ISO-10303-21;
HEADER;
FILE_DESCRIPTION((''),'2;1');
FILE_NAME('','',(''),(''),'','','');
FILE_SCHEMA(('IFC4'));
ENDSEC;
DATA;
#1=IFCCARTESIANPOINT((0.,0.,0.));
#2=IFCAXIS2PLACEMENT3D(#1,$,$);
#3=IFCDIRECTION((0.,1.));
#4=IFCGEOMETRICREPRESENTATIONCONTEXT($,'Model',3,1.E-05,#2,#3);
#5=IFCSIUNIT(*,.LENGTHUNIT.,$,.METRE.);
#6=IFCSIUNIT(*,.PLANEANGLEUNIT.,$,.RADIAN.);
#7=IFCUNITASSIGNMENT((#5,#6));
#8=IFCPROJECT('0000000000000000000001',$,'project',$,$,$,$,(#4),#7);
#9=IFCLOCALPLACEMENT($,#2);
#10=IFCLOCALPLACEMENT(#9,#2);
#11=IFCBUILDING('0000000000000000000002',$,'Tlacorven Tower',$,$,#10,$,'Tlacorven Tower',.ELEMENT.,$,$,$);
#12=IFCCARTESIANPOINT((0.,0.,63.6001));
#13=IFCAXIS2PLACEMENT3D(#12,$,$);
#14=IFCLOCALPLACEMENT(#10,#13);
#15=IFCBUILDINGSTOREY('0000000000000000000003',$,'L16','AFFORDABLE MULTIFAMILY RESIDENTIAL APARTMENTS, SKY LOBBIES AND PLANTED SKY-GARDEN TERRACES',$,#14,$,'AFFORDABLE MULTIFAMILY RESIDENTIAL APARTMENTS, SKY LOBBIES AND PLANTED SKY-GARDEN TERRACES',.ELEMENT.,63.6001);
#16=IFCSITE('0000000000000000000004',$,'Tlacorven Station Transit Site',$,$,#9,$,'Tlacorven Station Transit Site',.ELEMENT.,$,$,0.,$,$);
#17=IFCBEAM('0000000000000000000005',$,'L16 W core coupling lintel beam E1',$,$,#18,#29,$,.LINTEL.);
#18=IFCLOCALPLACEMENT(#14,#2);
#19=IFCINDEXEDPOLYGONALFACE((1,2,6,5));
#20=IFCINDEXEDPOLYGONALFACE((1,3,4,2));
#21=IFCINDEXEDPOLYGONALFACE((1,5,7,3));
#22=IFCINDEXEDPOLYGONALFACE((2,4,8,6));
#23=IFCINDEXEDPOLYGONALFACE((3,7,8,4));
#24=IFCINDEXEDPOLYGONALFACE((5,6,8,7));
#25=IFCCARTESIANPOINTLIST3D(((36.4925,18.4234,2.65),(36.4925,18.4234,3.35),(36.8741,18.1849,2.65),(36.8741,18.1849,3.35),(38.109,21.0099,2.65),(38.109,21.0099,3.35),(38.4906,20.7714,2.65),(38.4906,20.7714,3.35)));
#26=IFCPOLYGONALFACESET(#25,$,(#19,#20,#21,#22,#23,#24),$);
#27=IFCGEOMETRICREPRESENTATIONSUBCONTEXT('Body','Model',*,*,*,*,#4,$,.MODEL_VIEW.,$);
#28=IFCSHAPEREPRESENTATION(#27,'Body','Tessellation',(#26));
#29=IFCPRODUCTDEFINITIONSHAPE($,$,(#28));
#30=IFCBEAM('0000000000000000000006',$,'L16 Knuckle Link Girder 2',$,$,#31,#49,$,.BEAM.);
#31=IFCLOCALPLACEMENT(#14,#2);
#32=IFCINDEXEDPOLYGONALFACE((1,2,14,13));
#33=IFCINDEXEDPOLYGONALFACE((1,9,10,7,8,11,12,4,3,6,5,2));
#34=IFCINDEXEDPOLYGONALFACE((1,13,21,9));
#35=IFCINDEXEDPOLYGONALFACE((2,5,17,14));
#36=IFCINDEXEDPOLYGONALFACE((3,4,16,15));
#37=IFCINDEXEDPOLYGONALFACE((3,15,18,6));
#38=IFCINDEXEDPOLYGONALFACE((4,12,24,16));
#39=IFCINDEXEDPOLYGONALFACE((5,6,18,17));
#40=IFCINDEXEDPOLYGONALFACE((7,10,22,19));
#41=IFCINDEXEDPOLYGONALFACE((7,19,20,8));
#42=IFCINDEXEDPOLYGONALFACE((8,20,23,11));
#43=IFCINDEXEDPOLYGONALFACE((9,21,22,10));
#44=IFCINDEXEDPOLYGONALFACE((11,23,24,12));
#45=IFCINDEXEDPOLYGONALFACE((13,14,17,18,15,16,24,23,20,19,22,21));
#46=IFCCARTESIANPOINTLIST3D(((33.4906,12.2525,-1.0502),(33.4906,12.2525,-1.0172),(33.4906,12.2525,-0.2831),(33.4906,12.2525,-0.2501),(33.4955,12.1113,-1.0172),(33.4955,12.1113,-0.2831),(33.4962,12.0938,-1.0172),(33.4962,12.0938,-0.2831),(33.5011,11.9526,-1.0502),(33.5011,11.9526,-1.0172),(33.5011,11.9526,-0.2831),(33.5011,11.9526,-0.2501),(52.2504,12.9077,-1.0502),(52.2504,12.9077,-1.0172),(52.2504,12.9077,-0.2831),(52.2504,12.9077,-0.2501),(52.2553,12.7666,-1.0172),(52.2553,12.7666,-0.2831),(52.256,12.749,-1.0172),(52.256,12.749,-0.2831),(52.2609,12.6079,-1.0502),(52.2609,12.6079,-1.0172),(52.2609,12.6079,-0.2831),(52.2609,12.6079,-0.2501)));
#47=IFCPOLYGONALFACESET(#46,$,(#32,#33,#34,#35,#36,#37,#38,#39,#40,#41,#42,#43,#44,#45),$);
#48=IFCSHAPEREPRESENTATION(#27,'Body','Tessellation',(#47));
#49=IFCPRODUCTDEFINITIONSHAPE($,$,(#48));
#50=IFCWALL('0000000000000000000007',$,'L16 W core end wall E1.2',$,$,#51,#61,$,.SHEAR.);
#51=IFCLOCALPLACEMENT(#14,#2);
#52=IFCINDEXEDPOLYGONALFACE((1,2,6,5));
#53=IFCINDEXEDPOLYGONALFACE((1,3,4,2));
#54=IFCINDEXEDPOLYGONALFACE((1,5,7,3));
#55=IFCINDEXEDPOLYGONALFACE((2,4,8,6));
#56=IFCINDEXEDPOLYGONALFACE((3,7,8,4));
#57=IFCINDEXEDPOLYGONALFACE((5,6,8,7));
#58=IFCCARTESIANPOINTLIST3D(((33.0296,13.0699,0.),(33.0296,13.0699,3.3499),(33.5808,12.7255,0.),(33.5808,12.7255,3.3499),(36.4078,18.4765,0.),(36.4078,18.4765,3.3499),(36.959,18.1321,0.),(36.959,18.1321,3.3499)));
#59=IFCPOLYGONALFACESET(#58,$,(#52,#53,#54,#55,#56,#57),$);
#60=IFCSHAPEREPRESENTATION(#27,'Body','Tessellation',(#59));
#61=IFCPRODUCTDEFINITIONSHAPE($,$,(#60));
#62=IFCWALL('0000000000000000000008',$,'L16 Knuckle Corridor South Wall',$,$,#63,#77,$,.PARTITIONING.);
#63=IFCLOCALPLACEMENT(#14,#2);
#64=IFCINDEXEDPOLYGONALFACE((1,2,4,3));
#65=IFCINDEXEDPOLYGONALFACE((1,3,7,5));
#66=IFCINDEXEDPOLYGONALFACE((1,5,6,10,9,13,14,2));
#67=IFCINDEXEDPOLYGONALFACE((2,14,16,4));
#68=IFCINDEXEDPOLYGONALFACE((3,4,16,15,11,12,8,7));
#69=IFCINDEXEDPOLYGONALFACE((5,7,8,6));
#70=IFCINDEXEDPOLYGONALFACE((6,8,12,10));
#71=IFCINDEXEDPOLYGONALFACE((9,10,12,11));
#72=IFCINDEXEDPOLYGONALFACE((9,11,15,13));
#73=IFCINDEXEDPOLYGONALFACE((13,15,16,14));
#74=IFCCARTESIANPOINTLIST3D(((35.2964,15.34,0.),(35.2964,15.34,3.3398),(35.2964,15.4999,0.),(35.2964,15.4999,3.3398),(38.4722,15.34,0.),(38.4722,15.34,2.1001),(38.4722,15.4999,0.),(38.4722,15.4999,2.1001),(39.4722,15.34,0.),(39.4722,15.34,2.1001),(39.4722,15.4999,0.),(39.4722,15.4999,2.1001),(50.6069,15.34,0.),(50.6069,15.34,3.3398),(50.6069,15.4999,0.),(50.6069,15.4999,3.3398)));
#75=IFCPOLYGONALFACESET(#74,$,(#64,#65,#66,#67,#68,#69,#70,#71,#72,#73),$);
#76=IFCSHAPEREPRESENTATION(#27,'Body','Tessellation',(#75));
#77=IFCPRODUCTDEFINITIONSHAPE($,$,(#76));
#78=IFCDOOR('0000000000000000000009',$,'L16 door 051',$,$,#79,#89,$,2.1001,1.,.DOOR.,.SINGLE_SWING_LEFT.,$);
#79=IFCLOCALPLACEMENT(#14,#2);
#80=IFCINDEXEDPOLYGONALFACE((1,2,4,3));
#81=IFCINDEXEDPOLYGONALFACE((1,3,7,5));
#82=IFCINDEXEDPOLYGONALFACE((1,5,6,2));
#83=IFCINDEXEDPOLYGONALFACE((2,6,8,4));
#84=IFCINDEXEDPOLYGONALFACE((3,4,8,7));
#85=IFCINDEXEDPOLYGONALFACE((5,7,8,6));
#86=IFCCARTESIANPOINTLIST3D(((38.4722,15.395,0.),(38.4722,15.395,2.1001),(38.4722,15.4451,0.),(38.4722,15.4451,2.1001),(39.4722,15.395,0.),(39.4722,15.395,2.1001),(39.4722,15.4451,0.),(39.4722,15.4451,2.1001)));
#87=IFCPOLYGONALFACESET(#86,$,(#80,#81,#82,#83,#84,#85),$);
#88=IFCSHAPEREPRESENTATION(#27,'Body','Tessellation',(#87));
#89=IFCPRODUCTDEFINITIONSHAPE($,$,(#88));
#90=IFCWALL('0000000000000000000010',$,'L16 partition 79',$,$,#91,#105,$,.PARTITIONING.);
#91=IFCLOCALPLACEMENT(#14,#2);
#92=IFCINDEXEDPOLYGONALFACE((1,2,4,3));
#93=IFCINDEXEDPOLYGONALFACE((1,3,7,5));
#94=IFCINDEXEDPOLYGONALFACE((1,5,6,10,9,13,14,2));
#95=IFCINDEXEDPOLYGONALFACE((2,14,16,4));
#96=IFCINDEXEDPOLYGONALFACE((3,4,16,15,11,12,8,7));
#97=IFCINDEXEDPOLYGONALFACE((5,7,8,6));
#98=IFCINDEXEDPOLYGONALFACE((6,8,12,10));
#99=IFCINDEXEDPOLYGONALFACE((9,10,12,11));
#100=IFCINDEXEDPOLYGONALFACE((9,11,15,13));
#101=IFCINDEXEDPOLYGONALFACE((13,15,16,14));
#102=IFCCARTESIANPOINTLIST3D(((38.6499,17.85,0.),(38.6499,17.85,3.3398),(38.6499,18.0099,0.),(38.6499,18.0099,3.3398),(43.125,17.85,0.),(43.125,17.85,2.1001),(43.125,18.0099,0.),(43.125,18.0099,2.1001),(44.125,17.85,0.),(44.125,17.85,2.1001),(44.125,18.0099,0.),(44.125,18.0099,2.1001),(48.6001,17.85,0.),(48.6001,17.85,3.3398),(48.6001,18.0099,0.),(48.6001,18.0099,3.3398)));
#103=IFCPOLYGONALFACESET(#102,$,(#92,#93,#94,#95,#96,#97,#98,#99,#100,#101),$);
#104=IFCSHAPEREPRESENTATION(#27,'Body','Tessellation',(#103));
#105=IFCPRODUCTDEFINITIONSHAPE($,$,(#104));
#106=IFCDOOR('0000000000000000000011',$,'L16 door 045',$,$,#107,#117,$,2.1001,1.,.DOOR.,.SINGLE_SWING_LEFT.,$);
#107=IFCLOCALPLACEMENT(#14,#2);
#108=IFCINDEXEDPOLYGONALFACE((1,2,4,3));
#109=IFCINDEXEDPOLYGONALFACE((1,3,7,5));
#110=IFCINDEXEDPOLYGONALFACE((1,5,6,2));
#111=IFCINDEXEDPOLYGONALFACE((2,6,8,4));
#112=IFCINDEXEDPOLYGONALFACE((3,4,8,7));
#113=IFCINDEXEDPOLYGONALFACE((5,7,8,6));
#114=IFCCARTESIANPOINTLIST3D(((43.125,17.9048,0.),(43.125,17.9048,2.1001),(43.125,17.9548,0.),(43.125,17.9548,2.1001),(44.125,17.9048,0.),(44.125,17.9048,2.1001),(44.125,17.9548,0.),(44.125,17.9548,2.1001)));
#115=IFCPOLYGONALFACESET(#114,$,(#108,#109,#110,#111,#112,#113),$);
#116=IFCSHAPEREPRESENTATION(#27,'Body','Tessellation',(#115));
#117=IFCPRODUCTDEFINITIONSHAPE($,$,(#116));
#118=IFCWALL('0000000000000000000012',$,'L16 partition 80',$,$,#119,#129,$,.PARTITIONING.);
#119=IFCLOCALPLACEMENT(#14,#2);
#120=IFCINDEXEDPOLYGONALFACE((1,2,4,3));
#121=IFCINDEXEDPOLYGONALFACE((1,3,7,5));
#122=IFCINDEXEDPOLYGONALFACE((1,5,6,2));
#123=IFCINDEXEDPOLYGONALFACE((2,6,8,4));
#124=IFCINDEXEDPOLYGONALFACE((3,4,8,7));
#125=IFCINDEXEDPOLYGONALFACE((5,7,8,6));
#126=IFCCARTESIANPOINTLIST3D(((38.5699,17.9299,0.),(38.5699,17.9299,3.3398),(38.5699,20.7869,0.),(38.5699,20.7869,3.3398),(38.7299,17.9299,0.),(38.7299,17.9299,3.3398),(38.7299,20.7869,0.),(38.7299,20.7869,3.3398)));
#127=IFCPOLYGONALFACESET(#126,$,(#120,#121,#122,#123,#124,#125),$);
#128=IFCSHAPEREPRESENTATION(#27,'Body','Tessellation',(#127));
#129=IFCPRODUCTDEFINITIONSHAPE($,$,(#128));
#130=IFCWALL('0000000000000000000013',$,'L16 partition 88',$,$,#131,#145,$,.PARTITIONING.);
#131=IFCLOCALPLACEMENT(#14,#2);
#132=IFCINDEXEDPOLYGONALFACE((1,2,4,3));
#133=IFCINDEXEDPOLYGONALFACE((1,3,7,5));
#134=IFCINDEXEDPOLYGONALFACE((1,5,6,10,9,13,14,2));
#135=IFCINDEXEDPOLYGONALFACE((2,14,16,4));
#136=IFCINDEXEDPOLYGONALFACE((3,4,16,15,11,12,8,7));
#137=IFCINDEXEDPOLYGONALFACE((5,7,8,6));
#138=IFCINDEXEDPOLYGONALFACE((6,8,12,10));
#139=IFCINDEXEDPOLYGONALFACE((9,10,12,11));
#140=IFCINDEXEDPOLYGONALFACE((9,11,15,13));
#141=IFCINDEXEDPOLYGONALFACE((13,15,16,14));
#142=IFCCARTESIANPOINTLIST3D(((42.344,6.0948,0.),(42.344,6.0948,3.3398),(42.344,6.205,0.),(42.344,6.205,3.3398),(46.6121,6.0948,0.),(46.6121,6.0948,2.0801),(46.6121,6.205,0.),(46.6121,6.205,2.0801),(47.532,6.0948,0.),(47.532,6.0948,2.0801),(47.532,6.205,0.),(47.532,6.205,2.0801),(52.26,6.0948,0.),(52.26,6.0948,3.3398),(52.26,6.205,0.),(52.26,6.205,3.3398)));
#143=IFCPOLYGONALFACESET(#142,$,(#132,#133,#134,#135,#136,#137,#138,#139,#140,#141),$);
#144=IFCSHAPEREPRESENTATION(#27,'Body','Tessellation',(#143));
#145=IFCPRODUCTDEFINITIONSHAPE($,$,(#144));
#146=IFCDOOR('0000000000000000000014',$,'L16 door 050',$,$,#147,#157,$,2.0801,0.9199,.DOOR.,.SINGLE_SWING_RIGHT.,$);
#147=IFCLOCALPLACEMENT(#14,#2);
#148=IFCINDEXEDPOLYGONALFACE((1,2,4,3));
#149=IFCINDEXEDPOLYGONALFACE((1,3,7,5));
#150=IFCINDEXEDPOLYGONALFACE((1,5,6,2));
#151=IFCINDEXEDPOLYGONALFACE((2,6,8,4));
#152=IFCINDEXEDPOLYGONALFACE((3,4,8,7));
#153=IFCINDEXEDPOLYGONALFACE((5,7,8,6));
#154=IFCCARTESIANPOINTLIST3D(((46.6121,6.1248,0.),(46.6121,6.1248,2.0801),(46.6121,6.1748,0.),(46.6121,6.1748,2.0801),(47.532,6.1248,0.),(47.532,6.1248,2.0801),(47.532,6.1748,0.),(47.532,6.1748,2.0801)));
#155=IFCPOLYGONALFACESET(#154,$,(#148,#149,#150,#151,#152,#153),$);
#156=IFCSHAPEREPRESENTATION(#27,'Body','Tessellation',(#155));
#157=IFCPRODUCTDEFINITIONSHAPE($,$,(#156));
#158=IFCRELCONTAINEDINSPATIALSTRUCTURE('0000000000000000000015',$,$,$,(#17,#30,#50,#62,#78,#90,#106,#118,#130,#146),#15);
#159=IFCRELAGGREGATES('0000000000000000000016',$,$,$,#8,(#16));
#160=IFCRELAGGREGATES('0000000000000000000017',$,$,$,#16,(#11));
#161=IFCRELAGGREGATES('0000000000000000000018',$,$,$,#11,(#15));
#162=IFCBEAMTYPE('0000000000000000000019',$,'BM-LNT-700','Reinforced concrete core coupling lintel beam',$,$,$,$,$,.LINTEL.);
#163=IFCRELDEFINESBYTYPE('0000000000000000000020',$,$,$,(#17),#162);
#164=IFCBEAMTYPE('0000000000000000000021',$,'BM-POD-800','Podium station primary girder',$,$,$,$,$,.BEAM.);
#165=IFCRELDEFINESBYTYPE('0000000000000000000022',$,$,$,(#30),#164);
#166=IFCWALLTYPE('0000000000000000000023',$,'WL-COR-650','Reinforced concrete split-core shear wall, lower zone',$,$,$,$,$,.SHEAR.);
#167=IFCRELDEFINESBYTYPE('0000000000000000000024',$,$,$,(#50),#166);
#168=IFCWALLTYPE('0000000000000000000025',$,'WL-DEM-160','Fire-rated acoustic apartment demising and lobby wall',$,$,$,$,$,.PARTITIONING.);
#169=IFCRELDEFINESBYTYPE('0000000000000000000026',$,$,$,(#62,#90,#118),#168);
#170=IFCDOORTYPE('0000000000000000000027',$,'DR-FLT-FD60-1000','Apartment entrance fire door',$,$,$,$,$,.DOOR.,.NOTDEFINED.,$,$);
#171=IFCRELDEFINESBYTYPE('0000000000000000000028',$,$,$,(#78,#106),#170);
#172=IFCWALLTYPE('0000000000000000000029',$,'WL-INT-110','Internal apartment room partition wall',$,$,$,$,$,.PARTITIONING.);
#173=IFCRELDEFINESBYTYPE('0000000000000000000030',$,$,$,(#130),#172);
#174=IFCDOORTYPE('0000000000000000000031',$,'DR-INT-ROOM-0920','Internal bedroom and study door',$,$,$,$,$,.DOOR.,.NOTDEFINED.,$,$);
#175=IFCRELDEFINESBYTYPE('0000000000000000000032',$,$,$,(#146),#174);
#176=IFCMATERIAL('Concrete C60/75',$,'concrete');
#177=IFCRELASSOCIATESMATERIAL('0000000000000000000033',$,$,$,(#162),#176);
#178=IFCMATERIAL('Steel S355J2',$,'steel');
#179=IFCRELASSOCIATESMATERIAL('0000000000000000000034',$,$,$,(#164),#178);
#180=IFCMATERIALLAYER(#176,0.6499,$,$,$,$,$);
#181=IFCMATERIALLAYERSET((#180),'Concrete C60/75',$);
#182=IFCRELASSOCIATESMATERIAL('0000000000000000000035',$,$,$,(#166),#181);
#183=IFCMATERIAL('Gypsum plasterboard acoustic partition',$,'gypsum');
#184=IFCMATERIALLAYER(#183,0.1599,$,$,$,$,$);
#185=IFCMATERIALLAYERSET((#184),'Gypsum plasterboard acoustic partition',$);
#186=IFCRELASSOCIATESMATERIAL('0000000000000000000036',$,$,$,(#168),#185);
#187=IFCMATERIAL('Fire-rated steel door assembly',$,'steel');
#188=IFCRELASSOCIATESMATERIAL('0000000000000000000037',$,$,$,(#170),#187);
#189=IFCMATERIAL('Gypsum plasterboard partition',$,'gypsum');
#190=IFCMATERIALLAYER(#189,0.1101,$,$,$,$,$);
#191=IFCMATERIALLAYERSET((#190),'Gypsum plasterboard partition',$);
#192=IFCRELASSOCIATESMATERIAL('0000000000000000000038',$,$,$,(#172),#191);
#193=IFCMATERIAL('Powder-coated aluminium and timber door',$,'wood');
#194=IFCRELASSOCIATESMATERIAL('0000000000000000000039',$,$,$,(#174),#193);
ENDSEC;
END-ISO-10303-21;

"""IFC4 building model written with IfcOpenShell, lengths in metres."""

from ifc_helpers import new_model, si_unit, direction, frame, frame_2d, origin, origin_2d, place, context, subcontext, project, spatial, rectangle, i_section, extrude, source, transform, mapped, material, layer, layer_set, material_profile, profile_set, type_object, element, fill, save


model = new_model("IFC4")

# Units and contexts
model_context = context("Model", 3, precision=1e-05, world=origin(), true_north=direction((0.0, 1.0)))
body_context = subcontext(model_context, "Body", "Model", "MODEL_VIEW")
ifc_project = project(units=[si_unit("LENGTHUNIT", "METRE"), si_unit("PLANEANGLEUNIT", "RADIAN")], contexts=[model_context])

# Site, building, storey
site_placement = place(None, origin())
site = spatial("IfcSite", under=ifc_project, at=site_placement, Name="Tlacorven Station Transit Site", LongName="Tlacorven Station Transit Site", CompositionType="ELEMENT", RefElevation=0.0)
building_placement = place(site_placement, origin())
building = spatial("IfcBuilding", under=site, at=building_placement, Name="Tlacorven Tower", LongName="Tlacorven Tower", CompositionType="ELEMENT")
storey_placement = place(building_placement, frame((0.0, 0.0, 63.6001)))
storey = spatial("IfcBuildingStorey", under=building, at=storey_placement, Name="L16", Description="AFFORDABLE MULTIFAMILY RESIDENTIAL APARTMENTS, SKY LOBBIES AND PLANTED SKY-GARDEN TERRACES", LongName="AFFORDABLE MULTIFAMILY RESIDENTIAL APARTMENTS, SKY LOBBIES AND PLANTED SKY-GARDEN TERRACES", CompositionType="ELEMENT", Elevation=63.6001)

# Beams
ifc_material_1 = material(Name="Concrete C60/75", Category="concrete")
ifc_material_profile_1 = material_profile(ifc_material_1, rectangle(XDim=0.45, YDim=0.7, at=origin_2d()), Name="RC 450X700")
ifc_profile_set_1 = profile_set([ifc_material_profile_1], Name="Concrete C60/75")
beam_type_1 = type_object("IfcBeamType", Name="BM-LNT-700", Description="Reinforced concrete core coupling lintel beam", PredefinedType="LINTEL", material=ifc_profile_set_1)
shared_shape_1 = source(origin(), body_context, "Body", "SweptSolid", [
    extrude(rectangle(XDim=0.45, YDim=0.7, at=origin_2d()), origin(), (0.0, 0.0, 1.0), 3.05),
])
beam_1_placement = place(storey_placement, frame((38.2998, 20.8906, 3.0), z_axis=(-0.529985, -0.848007, 0.0), x_axis=(0.848007, -0.529985, 0.0)))
element("IfcBeam", 1, at=beam_1_placement, inside=storey, type_object=beam_type_1, Name="L16 W core coupling lintel beam E1", PredefinedType="LINTEL", context=body_context, shape_type="MappedRepresentation", body=[
    mapped(shared_shape_1, transform((0.0, 0.0, 0.0), scale=1.0)),
])
ifc_material_2 = material(Name="Steel S355J2", Category="steel")
ifc_material_profile_2 = material_profile(ifc_material_2, i_section(OverallWidth=0.3, OverallDepth=0.8, WebThickness=0.0176, FlangeThickness=0.033, at=origin_2d()), Name="HEB 800")
ifc_profile_set_2 = profile_set([ifc_material_profile_2], Name="Steel S355J2")
beam_type_2 = type_object("IfcBeamType", Name="BM-POD-800", Description="Podium station primary girder", PredefinedType="BEAM", material=ifc_profile_set_2)
shared_shape_2 = source(origin(), body_context, "Body", "SweptSolid", [
    extrude(i_section(OverallWidth=0.3, OverallDepth=0.8, WebThickness=0.0176, FlangeThickness=0.033, at=origin_2d()), origin(), (0.0, 0.0, 1.0), 18.7712),
])
beam_2_placement = place(storey_placement, frame((33.4958, 12.1025, -0.6501), z_axis=(0.999391, 0.034908, 0.0), x_axis=(-0.034908, 0.999391, 0.0)))
element("IfcBeam", 2, at=beam_2_placement, inside=storey, type_object=beam_type_2, Name="L16 Knuckle Link Girder 2", PredefinedType="BEAM", context=body_context, shape_type="MappedRepresentation", body=[
    mapped(shared_shape_2, transform((0.0, 0.0, 0.0), scale=1.0)),
])

# Wall
ifc_layer_1 = layer(ifc_material_1, 0.6499)
ifc_layer_set_1 = layer_set([ifc_layer_1], Name="Concrete C60/75")
wall_type_1 = type_object("IfcWallType", Name="WL-COR-650", Description="Reinforced concrete split-core shear wall, lower zone", PredefinedType="SHEAR", material=ifc_layer_set_1)
wall_1_placement = place(storey_placement, frame((36.6833, 18.3042, 0.0), z_axis=(0.0, 0.0, 1.0), x_axis=(-0.529899, -0.848061, 0.0)))
element("IfcWall", 3, at=wall_1_placement, inside=storey, type_object=wall_type_1, Name="L16 W core end wall E1.2", PredefinedType="SHEAR", context=body_context, shape_type="SweptSolid", body=[
    extrude(rectangle(XDim=6.3752, YDim=0.6499, at=frame_2d((3.1875, 0.0))), origin(), (0.0, 0.0, 1.0), 3.3499),
])

# Walls, openings, doors
ifc_material_3 = material(Name="Gypsum plasterboard acoustic partition", Category="gypsum")
ifc_layer_2 = layer(ifc_material_3, 0.1599)
ifc_layer_set_2 = layer_set([ifc_layer_2], Name="Gypsum plasterboard acoustic partition")
wall_type_2 = type_object("IfcWallType", Name="WL-DEM-160", Description="Fire-rated acoustic apartment demising and lobby wall", PredefinedType="PARTITIONING", material=ifc_layer_set_2)
wall_2_placement = place(storey_placement, frame((35.2964, 15.4199, 0.0), z_axis=(0.0, 0.0, 1.0), x_axis=(1.0, 0.0, 0.0)))
wall_2 = element("IfcWall", 4, at=wall_2_placement, inside=storey, type_object=wall_type_2, Name="L16 Knuckle Corridor South Wall", PredefinedType="PARTITIONING", context=body_context, shape_type="SweptSolid", body=[
    extrude(rectangle(XDim=15.3105, YDim=0.1599, at=frame_2d((7.6553, 0.0))), origin(), (0.0, 0.0, 1.0), 3.3398),
])
opening_1_placement = place(wall_2_placement, frame((3.1758, 0.0, 0.0)))
opening_1 = element("IfcOpeningElement", 5, at=opening_1_placement, cuts=wall_2, PredefinedType="OPENING", context=body_context, shape_type="SweptSolid", body=[
    extrude(rectangle(XDim=1.0, YDim=2.1001, at=frame_2d((0.5, 1.05))), frame((0.0, 0.0898, 0.0), z_axis=(0.0, -1.0, 0.0), x_axis=(1.0, 0.0, 0.0)), (0.0, 0.0, 1.0), 0.1799),
])
ifc_material_4 = material(Name="Fire-rated steel door assembly", Category="steel")
door_type_1 = type_object("IfcDoorType", Name="DR-FLT-FD60-1000", Description="Apartment entrance fire door", OperationType="NOTDEFINED", PredefinedType="DOOR", material=ifc_material_4)
shared_shape_3 = source(origin(), body_context, "Body", "SweptSolid", [
    extrude(rectangle(XDim=1.0, YDim=2.1001, at=frame_2d((0.5, 1.05))), frame((0.0, 0.0249, 0.0), z_axis=(0.0, -1.0, 0.0), x_axis=(1.0, 0.0, 0.0)), (0.0, 0.0, 1.0), 0.05),
])
door_1_placement = place(opening_1_placement, frame((1.0, 0.0, 0.0), z_axis=(0.0, 0.0, 1.0), x_axis=(-1.0, 0.0, 0.0)))
door_1 = element("IfcDoor", 6, at=door_1_placement, inside=storey, type_object=door_type_1, Name="L16 door 051", OperationType="SINGLE_SWING_LEFT", OverallHeight=2.1001, OverallWidth=1.0, PredefinedType="DOOR", context=body_context, shape_type="MappedRepresentation", body=[
    mapped(shared_shape_3, transform((0.0, 0.0, 0.0), scale=1.0)),
])
fill(opening_1, door_1)
wall_3_placement = place(storey_placement, frame((38.6499, 17.9299, 0.0), z_axis=(0.0, 0.0, 1.0), x_axis=(1.0, 0.0, 0.0)))
wall_3 = element("IfcWall", 7, at=wall_3_placement, inside=storey, type_object=wall_type_2, Name="L16 partition 79", PredefinedType="PARTITIONING", context=body_context, shape_type="SweptSolid", body=[
    extrude(rectangle(XDim=9.9502, YDim=0.1599, at=frame_2d((4.9751, 0.0))), origin(), (0.0, 0.0, 1.0), 3.3398),
])
opening_2_placement = place(wall_3_placement, frame((4.4751, 0.0, 0.0)))
opening_2 = element("IfcOpeningElement", 8, at=opening_2_placement, cuts=wall_3, PredefinedType="OPENING", context=body_context, shape_type="SweptSolid", body=[
    extrude(rectangle(XDim=1.0, YDim=2.1001, at=frame_2d((0.5, 1.05))), frame((0.0, 0.0898, 0.0), z_axis=(0.0, -1.0, 0.0), x_axis=(1.0, 0.0, 0.0)), (0.0, 0.0, 1.0), 0.1799),
])
door_2_placement = place(opening_2_placement, origin())
door_2 = element("IfcDoor", 9, at=door_2_placement, inside=storey, type_object=door_type_1, Name="L16 door 045", OperationType="SINGLE_SWING_LEFT", OverallHeight=2.1001, OverallWidth=1.0, PredefinedType="DOOR", context=body_context, shape_type="MappedRepresentation", body=[
    mapped(shared_shape_3, transform((0.0, 0.0, 0.0), scale=1.0)),
])
fill(opening_2, door_2)

# Wall
wall_4_placement = place(storey_placement, frame((38.6499, 17.9299, 0.0), z_axis=(0.0, 0.0, 1.0), x_axis=(0.0, 1.0, 0.0)))
element("IfcWall", 10, at=wall_4_placement, inside=storey, type_object=wall_type_2, Name="L16 partition 80", PredefinedType="PARTITIONING", context=body_context, shape_type="SweptSolid", body=[
    extrude(rectangle(XDim=2.8569, YDim=0.1599, at=frame_2d((1.4285, 0.0))), origin(), (0.0, 0.0, 1.0), 3.3398),
])

# Wall, opening, door
ifc_material_5 = material(Name="Gypsum plasterboard partition", Category="gypsum")
ifc_layer_3 = layer(ifc_material_5, 0.1101)
ifc_layer_set_3 = layer_set([ifc_layer_3], Name="Gypsum plasterboard partition")
wall_type_3 = type_object("IfcWallType", Name="WL-INT-110", Description="Internal apartment room partition wall", PredefinedType="PARTITIONING", material=ifc_layer_set_3)
wall_5_placement = place(storey_placement, frame((42.344, 6.1499, 0.0), z_axis=(0.0, 0.0, 1.0), x_axis=(1.0, 0.0, 0.0)))
wall_5 = element("IfcWall", 11, at=wall_5_placement, inside=storey, type_object=wall_type_3, Name="L16 partition 88", PredefinedType="PARTITIONING", context=body_context, shape_type="SweptSolid", body=[
    extrude(rectangle(XDim=9.916, YDim=0.1101, at=frame_2d((4.958, 0.0))), origin(), (0.0, 0.0, 1.0), 3.3398),
])
opening_3_placement = place(wall_5_placement, frame((4.2681, 0.0, 0.0)))
opening_3 = element("IfcOpeningElement", 12, at=opening_3_placement, cuts=wall_5, PredefinedType="OPENING", context=body_context, shape_type="SweptSolid", body=[
    extrude(rectangle(XDim=0.9199, YDim=2.0801, at=frame_2d((0.46, 1.04))), frame((0.0, 0.0649, 0.0), z_axis=(0.0, -1.0, 0.0), x_axis=(1.0, 0.0, 0.0)), (0.0, 0.0, 1.0), 0.1301),
])
ifc_material_6 = material(Name="Powder-coated aluminium and timber door", Category="wood")
door_type_2 = type_object("IfcDoorType", Name="DR-INT-ROOM-0920", Description="Internal bedroom and study door", OperationType="NOTDEFINED", PredefinedType="DOOR", material=ifc_material_6)
shared_shape_4 = source(origin(), body_context, "Body", "SweptSolid", [
    extrude(rectangle(XDim=0.9199, YDim=2.0801, at=frame_2d((0.46, 1.04))), frame((0.0, 0.0249, 0.0), z_axis=(0.0, -1.0, 0.0), x_axis=(1.0, 0.0, 0.0)), (0.0, 0.0, 1.0), 0.05),
])
door_3_placement = place(opening_3_placement, origin())
door_3 = element("IfcDoor", 13, at=door_3_placement, inside=storey, type_object=door_type_2, Name="L16 door 050", OperationType="SINGLE_SWING_RIGHT", OverallHeight=2.0801, OverallWidth=0.9199, PredefinedType="DOOR", context=body_context, shape_type="MappedRepresentation", body=[
    mapped(shared_shape_4, transform((0.0, 0.0, 0.0), scale=1.0)),
])
fill(opening_3, door_3)

save(model, "model.ifc")
